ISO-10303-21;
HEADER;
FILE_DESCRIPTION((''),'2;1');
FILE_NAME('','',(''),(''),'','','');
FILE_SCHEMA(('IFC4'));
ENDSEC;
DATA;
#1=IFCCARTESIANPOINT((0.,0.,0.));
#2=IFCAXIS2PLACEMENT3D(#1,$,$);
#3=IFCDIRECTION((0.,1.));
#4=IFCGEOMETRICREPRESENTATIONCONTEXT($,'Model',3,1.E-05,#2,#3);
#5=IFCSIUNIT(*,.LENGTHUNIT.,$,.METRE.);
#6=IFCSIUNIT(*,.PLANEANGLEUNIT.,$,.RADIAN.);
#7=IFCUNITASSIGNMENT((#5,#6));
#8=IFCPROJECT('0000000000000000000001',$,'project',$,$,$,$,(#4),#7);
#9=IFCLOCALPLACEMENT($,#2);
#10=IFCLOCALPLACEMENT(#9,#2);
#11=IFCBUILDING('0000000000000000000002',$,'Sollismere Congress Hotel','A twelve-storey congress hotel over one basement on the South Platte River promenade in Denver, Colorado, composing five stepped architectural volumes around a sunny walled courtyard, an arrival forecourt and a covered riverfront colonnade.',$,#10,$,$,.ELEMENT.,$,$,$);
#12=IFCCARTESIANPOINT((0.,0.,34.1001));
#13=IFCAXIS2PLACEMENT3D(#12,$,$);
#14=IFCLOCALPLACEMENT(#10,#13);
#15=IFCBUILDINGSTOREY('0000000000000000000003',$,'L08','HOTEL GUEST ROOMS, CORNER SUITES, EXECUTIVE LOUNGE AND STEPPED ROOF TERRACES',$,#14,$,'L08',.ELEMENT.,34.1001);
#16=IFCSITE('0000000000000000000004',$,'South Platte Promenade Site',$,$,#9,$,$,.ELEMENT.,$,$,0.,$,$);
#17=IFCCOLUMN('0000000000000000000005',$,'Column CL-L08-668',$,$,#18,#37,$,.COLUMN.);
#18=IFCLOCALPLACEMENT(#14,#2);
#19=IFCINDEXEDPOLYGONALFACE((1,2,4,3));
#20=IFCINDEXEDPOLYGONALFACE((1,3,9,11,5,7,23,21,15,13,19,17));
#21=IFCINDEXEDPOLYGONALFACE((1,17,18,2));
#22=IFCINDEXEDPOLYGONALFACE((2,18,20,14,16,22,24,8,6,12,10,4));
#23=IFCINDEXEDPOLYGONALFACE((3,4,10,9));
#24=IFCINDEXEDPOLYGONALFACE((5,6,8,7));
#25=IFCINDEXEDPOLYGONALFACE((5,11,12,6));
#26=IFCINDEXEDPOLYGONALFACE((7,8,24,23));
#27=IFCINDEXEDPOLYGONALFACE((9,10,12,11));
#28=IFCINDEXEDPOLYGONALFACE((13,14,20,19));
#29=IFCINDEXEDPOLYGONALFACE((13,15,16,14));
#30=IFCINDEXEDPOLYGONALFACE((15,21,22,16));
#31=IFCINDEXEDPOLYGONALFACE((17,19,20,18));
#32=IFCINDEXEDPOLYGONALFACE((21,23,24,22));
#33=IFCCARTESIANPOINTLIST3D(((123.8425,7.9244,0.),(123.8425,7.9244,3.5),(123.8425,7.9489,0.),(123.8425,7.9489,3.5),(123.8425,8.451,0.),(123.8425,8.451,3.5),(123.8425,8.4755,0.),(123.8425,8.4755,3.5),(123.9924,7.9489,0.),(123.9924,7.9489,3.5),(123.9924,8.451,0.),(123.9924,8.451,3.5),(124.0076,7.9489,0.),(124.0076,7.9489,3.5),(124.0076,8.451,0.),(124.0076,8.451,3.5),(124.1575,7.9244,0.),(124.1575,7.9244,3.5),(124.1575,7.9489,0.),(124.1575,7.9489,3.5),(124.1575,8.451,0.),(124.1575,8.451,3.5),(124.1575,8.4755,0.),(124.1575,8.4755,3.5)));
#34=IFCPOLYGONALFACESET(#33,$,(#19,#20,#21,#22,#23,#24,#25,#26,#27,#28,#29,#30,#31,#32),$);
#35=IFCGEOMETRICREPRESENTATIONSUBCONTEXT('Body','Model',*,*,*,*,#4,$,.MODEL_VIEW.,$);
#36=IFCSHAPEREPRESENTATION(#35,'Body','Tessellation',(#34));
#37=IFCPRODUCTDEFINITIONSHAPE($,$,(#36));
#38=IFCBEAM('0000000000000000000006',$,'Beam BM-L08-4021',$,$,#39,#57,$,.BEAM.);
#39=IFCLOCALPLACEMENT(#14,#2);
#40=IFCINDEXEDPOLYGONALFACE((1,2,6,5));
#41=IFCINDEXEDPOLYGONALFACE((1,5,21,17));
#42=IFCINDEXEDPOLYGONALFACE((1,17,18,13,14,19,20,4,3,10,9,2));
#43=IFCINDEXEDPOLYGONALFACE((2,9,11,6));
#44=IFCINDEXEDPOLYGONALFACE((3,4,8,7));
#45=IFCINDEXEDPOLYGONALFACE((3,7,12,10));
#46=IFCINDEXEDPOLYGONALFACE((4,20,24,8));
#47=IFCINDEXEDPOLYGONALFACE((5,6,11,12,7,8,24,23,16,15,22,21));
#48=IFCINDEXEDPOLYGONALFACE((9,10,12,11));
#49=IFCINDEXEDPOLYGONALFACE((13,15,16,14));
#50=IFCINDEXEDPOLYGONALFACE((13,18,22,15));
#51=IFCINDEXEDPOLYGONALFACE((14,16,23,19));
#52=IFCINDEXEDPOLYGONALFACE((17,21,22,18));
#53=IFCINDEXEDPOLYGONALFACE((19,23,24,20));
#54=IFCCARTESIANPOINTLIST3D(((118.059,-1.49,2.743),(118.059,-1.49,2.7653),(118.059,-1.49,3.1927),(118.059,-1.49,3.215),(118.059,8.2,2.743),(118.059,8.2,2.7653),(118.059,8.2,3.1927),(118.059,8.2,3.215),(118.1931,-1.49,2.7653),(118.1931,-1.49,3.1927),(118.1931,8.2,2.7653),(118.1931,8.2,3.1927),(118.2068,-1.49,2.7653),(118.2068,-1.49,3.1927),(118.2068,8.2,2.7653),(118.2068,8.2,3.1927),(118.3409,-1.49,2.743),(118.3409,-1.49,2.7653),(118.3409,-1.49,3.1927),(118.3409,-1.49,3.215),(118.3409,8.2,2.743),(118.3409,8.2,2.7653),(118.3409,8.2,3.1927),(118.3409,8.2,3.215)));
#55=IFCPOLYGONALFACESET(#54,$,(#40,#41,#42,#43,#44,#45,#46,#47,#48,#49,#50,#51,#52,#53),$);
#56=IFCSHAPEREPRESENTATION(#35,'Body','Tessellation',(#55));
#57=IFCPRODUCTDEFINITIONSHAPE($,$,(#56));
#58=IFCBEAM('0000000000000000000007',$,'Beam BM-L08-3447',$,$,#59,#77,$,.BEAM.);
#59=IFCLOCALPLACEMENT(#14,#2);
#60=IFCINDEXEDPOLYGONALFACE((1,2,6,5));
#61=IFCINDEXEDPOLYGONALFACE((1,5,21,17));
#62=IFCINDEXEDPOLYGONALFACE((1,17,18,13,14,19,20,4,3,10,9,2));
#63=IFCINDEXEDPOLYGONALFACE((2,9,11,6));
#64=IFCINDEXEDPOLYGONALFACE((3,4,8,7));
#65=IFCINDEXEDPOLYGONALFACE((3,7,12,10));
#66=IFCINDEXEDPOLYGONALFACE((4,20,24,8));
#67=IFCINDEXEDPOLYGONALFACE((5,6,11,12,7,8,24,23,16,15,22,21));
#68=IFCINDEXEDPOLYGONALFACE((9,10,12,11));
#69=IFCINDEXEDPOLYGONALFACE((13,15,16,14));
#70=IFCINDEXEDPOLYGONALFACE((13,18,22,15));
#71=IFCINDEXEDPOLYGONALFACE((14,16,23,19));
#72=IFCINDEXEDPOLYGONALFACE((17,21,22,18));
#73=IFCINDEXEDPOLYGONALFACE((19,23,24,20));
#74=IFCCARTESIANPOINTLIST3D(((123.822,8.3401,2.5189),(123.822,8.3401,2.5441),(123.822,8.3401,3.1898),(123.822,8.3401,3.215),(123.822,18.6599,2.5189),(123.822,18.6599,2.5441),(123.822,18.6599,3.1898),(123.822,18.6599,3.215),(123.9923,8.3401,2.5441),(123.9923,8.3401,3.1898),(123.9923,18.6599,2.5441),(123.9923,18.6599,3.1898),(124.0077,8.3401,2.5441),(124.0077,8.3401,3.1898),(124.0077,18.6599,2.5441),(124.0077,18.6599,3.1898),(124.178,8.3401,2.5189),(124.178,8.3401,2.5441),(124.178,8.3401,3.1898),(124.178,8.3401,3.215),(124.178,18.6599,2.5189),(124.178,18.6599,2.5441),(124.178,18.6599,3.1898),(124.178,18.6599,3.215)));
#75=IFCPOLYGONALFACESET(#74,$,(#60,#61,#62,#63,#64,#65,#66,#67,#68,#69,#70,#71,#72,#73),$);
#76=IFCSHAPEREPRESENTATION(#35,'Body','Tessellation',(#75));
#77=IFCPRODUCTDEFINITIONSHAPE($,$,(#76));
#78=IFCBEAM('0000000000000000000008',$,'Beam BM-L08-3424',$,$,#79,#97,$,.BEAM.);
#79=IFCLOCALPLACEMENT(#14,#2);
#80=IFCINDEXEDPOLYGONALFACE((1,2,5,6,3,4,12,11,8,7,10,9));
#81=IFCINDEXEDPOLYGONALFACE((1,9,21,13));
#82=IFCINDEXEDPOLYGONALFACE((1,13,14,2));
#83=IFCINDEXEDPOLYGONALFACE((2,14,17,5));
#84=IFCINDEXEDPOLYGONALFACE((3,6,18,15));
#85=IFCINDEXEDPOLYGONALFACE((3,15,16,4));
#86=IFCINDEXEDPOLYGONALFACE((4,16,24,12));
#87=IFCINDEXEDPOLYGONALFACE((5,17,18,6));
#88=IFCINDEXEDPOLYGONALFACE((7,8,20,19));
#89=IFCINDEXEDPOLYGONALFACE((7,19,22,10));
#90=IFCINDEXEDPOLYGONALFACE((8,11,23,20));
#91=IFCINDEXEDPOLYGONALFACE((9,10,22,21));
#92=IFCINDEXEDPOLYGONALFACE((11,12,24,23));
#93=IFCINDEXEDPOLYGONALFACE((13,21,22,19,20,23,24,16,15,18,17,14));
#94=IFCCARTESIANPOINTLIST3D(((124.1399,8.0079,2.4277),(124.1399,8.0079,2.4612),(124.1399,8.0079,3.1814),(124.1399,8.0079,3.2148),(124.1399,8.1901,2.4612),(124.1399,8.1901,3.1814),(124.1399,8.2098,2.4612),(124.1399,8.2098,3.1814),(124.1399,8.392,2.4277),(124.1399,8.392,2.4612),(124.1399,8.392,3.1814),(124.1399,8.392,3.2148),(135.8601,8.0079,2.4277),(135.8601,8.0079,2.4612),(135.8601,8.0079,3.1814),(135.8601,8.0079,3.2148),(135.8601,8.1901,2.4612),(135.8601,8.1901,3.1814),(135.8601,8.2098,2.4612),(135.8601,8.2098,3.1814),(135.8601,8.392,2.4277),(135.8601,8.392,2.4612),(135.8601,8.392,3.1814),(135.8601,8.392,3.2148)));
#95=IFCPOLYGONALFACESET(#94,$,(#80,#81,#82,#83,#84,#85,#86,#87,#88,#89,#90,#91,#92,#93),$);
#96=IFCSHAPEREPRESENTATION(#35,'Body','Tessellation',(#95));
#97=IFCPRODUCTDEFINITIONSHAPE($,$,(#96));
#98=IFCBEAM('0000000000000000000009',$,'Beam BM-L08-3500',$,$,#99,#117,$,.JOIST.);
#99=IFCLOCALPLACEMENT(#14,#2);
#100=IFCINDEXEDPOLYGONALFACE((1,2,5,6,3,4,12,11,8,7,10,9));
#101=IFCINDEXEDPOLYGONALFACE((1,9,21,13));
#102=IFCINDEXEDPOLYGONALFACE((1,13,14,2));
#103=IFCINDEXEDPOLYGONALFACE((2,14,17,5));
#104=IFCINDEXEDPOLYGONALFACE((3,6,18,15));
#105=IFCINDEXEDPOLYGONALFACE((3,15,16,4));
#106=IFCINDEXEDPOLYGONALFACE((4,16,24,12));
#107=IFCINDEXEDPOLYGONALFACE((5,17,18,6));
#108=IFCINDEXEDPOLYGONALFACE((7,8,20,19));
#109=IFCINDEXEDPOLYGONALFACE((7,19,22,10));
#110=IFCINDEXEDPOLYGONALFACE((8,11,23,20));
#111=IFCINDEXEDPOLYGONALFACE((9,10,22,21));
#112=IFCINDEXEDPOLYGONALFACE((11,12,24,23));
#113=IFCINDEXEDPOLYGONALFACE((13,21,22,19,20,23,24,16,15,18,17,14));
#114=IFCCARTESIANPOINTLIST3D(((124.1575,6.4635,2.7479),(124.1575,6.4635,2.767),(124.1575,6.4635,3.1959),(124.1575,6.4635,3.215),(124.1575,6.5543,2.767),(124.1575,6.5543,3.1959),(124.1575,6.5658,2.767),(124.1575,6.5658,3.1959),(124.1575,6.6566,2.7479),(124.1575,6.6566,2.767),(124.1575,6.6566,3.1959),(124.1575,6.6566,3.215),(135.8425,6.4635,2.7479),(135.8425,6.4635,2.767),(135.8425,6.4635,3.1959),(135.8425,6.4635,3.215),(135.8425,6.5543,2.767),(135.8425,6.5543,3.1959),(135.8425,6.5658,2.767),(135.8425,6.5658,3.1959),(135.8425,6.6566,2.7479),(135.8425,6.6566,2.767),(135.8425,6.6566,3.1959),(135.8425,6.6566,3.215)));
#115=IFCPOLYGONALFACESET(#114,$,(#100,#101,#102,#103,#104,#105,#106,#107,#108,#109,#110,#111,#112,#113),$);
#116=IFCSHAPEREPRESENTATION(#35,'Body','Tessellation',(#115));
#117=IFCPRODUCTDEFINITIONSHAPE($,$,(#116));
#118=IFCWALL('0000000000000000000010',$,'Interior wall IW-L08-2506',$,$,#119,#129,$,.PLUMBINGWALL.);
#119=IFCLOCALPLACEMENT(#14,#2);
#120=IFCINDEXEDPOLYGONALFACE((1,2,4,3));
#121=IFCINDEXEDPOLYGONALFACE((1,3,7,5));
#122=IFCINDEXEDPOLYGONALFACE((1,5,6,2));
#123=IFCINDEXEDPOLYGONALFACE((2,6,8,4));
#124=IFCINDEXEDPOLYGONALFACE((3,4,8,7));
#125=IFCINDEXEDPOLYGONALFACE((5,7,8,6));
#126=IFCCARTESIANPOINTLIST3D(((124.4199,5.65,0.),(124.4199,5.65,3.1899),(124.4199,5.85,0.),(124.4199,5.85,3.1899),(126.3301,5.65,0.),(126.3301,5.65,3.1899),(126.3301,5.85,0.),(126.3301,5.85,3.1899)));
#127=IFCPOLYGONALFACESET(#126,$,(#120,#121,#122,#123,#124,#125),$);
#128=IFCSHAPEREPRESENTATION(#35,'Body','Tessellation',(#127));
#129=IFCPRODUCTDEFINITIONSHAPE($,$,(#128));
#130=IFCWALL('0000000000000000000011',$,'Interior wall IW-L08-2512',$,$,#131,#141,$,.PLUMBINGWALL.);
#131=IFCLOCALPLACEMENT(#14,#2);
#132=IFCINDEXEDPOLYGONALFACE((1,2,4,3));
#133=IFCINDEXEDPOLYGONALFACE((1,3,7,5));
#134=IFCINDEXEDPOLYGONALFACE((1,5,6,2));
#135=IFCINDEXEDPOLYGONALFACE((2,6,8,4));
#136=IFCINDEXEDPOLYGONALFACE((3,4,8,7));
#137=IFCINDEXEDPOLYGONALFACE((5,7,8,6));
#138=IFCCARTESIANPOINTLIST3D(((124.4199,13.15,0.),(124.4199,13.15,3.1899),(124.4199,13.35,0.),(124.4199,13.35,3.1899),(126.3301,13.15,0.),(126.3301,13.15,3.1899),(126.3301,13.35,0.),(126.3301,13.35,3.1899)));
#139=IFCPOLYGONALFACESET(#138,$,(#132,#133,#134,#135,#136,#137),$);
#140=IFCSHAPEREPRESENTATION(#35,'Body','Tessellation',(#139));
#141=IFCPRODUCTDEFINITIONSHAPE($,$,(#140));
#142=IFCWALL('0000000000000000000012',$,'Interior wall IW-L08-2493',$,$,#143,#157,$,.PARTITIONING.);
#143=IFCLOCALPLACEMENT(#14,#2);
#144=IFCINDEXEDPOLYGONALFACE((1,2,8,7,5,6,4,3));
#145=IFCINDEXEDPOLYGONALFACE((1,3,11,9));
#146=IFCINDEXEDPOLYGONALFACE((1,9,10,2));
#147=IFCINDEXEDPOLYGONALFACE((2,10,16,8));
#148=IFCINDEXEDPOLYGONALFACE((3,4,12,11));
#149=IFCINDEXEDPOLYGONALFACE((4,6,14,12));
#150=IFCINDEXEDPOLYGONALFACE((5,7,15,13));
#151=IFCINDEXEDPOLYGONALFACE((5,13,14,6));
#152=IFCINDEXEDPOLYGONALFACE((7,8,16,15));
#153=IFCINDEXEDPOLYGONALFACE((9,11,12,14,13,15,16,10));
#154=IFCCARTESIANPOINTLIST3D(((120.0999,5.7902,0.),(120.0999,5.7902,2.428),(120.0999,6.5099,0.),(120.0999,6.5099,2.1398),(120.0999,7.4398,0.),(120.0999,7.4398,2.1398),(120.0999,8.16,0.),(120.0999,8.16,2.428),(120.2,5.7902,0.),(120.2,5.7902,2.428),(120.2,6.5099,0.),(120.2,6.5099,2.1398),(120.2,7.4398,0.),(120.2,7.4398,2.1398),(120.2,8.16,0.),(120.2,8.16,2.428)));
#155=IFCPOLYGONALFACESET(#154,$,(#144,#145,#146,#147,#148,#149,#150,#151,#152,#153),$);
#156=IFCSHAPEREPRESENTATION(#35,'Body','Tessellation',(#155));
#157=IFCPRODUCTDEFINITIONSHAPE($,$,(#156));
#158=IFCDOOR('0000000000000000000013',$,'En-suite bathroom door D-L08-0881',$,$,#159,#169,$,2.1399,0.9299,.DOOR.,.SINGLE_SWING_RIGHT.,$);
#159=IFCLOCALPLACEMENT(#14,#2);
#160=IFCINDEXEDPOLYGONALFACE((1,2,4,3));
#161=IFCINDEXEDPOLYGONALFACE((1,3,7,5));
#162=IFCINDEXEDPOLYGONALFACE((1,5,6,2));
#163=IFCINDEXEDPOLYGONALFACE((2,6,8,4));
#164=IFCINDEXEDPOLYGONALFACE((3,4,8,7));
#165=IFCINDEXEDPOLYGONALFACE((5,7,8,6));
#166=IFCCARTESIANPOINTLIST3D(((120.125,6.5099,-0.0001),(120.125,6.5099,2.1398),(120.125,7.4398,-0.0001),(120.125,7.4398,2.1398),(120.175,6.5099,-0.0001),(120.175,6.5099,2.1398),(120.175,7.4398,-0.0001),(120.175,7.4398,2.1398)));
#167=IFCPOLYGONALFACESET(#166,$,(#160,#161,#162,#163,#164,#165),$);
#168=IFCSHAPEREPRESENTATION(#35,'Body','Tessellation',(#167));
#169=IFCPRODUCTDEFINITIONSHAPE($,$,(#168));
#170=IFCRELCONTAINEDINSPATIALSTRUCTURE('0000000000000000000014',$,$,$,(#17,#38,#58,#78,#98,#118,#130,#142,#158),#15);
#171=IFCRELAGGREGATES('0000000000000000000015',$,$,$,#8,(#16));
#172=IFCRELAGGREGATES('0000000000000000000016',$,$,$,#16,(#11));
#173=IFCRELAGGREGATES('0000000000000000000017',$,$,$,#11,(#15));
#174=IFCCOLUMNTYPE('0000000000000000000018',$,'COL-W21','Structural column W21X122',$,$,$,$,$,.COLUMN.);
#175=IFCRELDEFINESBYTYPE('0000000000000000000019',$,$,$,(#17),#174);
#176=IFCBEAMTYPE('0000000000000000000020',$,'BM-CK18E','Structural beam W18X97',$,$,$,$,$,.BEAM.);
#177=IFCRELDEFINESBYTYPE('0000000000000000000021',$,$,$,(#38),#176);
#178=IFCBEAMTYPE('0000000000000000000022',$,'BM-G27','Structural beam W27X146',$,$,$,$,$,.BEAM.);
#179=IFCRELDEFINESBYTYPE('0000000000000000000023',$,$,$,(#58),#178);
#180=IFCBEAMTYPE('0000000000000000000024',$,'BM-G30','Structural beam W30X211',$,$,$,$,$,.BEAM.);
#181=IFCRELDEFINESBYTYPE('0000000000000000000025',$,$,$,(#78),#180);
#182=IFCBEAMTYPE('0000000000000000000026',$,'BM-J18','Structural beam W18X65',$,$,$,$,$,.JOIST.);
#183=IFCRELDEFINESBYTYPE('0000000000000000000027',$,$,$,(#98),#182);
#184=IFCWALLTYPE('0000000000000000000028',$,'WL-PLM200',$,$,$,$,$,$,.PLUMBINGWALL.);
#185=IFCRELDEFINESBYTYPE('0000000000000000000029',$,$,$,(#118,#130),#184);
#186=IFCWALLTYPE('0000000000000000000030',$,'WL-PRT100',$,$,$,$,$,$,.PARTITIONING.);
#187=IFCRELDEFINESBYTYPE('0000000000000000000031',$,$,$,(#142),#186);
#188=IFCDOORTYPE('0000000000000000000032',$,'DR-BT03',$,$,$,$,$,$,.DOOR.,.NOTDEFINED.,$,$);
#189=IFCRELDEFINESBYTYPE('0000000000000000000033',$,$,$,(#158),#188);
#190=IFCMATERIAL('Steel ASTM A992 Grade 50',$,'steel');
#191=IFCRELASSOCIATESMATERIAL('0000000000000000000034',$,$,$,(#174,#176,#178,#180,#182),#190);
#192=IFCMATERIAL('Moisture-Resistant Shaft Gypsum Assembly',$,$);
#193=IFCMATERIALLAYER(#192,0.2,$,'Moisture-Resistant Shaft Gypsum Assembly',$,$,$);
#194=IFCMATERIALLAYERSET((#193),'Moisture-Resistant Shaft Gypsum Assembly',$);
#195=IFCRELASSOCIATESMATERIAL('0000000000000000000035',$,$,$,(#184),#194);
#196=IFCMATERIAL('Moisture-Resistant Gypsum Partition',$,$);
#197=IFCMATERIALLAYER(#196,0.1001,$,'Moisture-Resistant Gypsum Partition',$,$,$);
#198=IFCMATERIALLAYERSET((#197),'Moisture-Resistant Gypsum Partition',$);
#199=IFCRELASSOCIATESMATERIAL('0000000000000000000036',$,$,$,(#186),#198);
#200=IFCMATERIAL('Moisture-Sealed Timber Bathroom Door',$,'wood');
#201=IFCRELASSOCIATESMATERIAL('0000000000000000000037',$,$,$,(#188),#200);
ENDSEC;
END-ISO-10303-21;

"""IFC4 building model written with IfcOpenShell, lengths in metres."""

from ifc_helpers import new_model, si_unit, direction, frame, frame_2d, origin, origin_2d, place, context, subcontext, project, spatial, rectangle, i_section, extrude, material, layer, layer_set, material_profile, profile_set, type_object, element, fill, save


model = new_model("IFC4")

# Units and contexts
model_context = context("Model", 3, precision=1e-05, world=origin(), true_north=direction((0.0, 1.0)))
body_context = subcontext(model_context, "Body", "Model", "MODEL_VIEW")
ifc_project = project(units=[si_unit("LENGTHUNIT", "METRE"), si_unit("PLANEANGLEUNIT", "RADIAN")], contexts=[model_context])

# Site, building, storey
site_placement = place(None, origin())
site = spatial("IfcSite", under=ifc_project, at=site_placement, Name="South Platte Promenade Site", CompositionType="ELEMENT", RefElevation=0.0)
building_placement = place(site_placement, origin())
building = spatial("IfcBuilding", under=site, at=building_placement, Name="Sollismere Congress Hotel", Description="A twelve-storey congress hotel over one basement on the South Platte River promenade in Denver, Colorado, composing five stepped architectural volumes around a sunny walled courtyard, an arrival forecourt and a covered riverfront colonnade.", CompositionType="ELEMENT")
storey_placement = place(building_placement, frame((0.0, 0.0, 34.1001)))
storey = spatial("IfcBuildingStorey", under=building, at=storey_placement, Name="L08", Description="HOTEL GUEST ROOMS, CORNER SUITES, EXECUTIVE LOUNGE AND STEPPED ROOF TERRACES", LongName="L08", CompositionType="ELEMENT", Elevation=34.1001)

# Column
ifc_material_1 = material(Name="Steel ASTM A992 Grade 50", Category="steel")
ifc_material_profile_1 = material_profile(ifc_material_1, i_section(OverallWidth=0.3149, OverallDepth=0.551, WebThickness=0.0151, FlangeThickness=0.0244, at=origin_2d()), Name="W21X122")
ifc_profile_set_1 = profile_set([ifc_material_profile_1], Name="Steel ASTM A992 Grade 50")
column_type = type_object("IfcColumnType", Name="COL-W21", Description="Structural column W21X122", PredefinedType="COLUMN", material=ifc_profile_set_1)
column_placement = place(storey_placement, frame((124.0, 8.2, 0.0), z_axis=(0.0, 0.0, 1.0), x_axis=(1.0, 0.0, 0.0)))
element("IfcColumn", 1, at=column_placement, inside=storey, type_object=column_type, Name="Column CL-L08-668", PredefinedType="COLUMN", context=body_context, shape_type="SweptSolid", body=[
    extrude(i_section(OverallWidth=0.3149, OverallDepth=0.551, WebThickness=0.0151, FlangeThickness=0.0244, at=origin_2d()), origin(), (0.0, 0.0, 1.0), 3.5),
])

# Beams
ifc_material_profile_2 = material_profile(ifc_material_1, i_section(OverallWidth=0.282, OverallDepth=0.4719, WebThickness=0.0137, FlangeThickness=0.0222, at=origin_2d()), Name="W18X97")
ifc_profile_set_2 = profile_set([ifc_material_profile_2], Name="Steel ASTM A992 Grade 50")
beam_type_1 = type_object("IfcBeamType", Name="BM-CK18E", Description="Structural beam W18X97", PredefinedType="BEAM", material=ifc_profile_set_2)
beam_1_placement = place(storey_placement, frame((118.2, 8.2, 2.979), z_axis=(0.0, -1.0, 0.0), x_axis=(1.0, 0.0, 0.0)))
element("IfcBeam", 2, at=beam_1_placement, inside=storey, type_object=beam_type_1, Name="Beam BM-L08-4021", PredefinedType="BEAM", context=body_context, shape_type="SweptSolid", body=[
    extrude(i_section(OverallWidth=0.282, OverallDepth=0.4719, WebThickness=0.0137, FlangeThickness=0.0222, at=origin_2d()), origin(), (0.0, 0.0, 1.0), 9.6899),
])
ifc_material_profile_3 = material_profile(ifc_material_1, i_section(OverallWidth=0.356, OverallDepth=0.696, WebThickness=0.0154, FlangeThickness=0.0251, at=origin_2d()), Name="W27X146")
ifc_profile_set_3 = profile_set([ifc_material_profile_3], Name="Steel ASTM A992 Grade 50")
beam_type_2 = type_object("IfcBeamType", Name="BM-G27", Description="Structural beam W27X146", PredefinedType="BEAM", material=ifc_profile_set_3)
beam_2_placement = place(storey_placement, frame((124.0, 8.3401, 2.8669), z_axis=(0.0, 1.0, 0.0), x_axis=(-1.0, 0.0, 0.0)))
element("IfcBeam", 3, at=beam_2_placement, inside=storey, type_object=beam_type_2, Name="Beam BM-L08-3447", PredefinedType="BEAM", context=body_context, shape_type="SweptSolid", body=[
    extrude(i_section(OverallWidth=0.356, OverallDepth=0.696, WebThickness=0.0154, FlangeThickness=0.0251, at=origin_2d()), origin(), (0.0, 0.0, 1.0), 10.3198),
])
ifc_material_profile_4 = material_profile(ifc_material_1, i_section(OverallWidth=0.384, OverallDepth=0.7871, WebThickness=0.0198, FlangeThickness=0.0334, at=origin_2d()), Name="W30X211")
ifc_profile_set_4 = profile_set([ifc_material_profile_4], Name="Steel ASTM A992 Grade 50")
beam_type_3 = type_object("IfcBeamType", Name="BM-G30", Description="Structural beam W30X211", PredefinedType="BEAM", material=ifc_profile_set_4)
beam_3_placement = place(storey_placement, frame((124.1399, 8.2, 2.8213), z_axis=(1.0, 0.0, 0.0), x_axis=(0.0, 1.0, 0.0)))
element("IfcBeam", 4, at=beam_3_placement, inside=storey, type_object=beam_type_3, Name="Beam BM-L08-3424", PredefinedType="BEAM", context=body_context, shape_type="SweptSolid", body=[
    extrude(i_section(OverallWidth=0.384, OverallDepth=0.7871, WebThickness=0.0198, FlangeThickness=0.0334, at=origin_2d()), origin(), (0.0, 0.0, 1.0), 11.7202),
])
ifc_material_profile_5 = material_profile(ifc_material_1, i_section(OverallWidth=0.1931, OverallDepth=0.467, WebThickness=0.0115, FlangeThickness=0.019, at=origin_2d()), Name="W18X65")
ifc_profile_set_5 = profile_set([ifc_material_profile_5], Name="Steel ASTM A992 Grade 50")
beam_type_4 = type_object("IfcBeamType", Name="BM-J18", Description="Structural beam W18X65", PredefinedType="JOIST", material=ifc_profile_set_5)
beam_4_placement = place(storey_placement, frame((124.1575, 6.5601, 2.9814), z_axis=(1.0, 0.0, 0.0), x_axis=(0.0, 1.0, 0.0)))
element("IfcBeam", 5, at=beam_4_placement, inside=storey, type_object=beam_type_4, Name="Beam BM-L08-3500", PredefinedType="JOIST", context=body_context, shape_type="SweptSolid", body=[
    extrude(i_section(OverallWidth=0.1931, OverallDepth=0.467, WebThickness=0.0115, FlangeThickness=0.019, at=origin_2d()), origin(), (0.0, 0.0, 1.0), 11.6851),
])

# Walls
ifc_material_2 = material(Name="Moisture-Resistant Shaft Gypsum Assembly")
ifc_layer_1 = layer(ifc_material_2, 0.2, Name="Moisture-Resistant Shaft Gypsum Assembly")
ifc_layer_set_1 = layer_set([ifc_layer_1], Name="Moisture-Resistant Shaft Gypsum Assembly")
wall_type_1 = type_object("IfcWallType", Name="WL-PLM200", PredefinedType="PLUMBINGWALL", material=ifc_layer_set_1)
for number, where, z_axis, x_axis, name in (
    (6, (124.4199, 5.75, 0.0), (0.0, 0.0, 1.0), (1.0, 0.0, 0.0), "Interior wall IW-L08-2506"),
    (7, (124.4199, 13.25, 0.0), (0.0, 0.0, 1.0), (1.0, 0.0, 0.0), "Interior wall IW-L08-2512"),
):
    element("IfcWall", number, at=place(storey_placement, frame(where, z_axis=z_axis, x_axis=x_axis)), inside=storey, type_object=wall_type_1, Name=name, PredefinedType="PLUMBINGWALL", context=body_context, shape_type="SweptSolid", body=[
        extrude(rectangle(XDim=1.9102, YDim=0.2, at=frame_2d((0.9551, 0.0))), origin(), (0.0, 0.0, 1.0), 3.1899),
    ])

# Wall, opening, door
ifc_material_3 = material(Name="Moisture-Resistant Gypsum Partition")
ifc_layer_2 = layer(ifc_material_3, 0.1001, Name="Moisture-Resistant Gypsum Partition")
ifc_layer_set_2 = layer_set([ifc_layer_2], Name="Moisture-Resistant Gypsum Partition")
wall_type_2 = type_object("IfcWallType", Name="WL-PRT100", PredefinedType="PARTITIONING", material=ifc_layer_set_2)
wall_1_placement = place(storey_placement, frame((120.1499, 5.79, 0.0), z_axis=(0.0, 0.0, 1.0), x_axis=(0.0, 1.0, 0.0)))
wall_1 = element("IfcWall", 8, at=wall_1_placement, inside=storey, type_object=wall_type_2, Name="Interior wall IW-L08-2493", PredefinedType="PARTITIONING", context=body_context, shape_type="SweptSolid", body=[
    extrude(rectangle(XDim=2.3699, YDim=0.1001, at=frame_2d((1.1851, 0.0))), origin(), (0.0, 0.0, 1.0), 2.428),
])
opening_1_placement = place(wall_1_placement, frame((0.72, 0.0, 0.0)))
opening_1 = element("IfcOpeningElement", 9, at=opening_1_placement, cuts=wall_1, PredefinedType="OPENING", context=body_context, shape_type="SweptSolid", body=[
    extrude(rectangle(XDim=0.9299, YDim=2.1399, at=frame_2d((0.4648, 1.0698))), frame((0.0, 0.0601, 0.0), z_axis=(0.0, -1.0, 0.0), x_axis=(1.0, 0.0, 0.0)), (0.0, 0.0, 1.0), 0.1201),
])
ifc_material_4 = material(Name="Moisture-Sealed Timber Bathroom Door", Category="wood")
door_type_1 = type_object("IfcDoorType", Name="DR-BT03", OperationType="NOTDEFINED", PredefinedType="DOOR", material=ifc_material_4)
door_1_placement = place(opening_1_placement, origin())
door_1 = element("IfcDoor", 10, at=door_1_placement, inside=storey, type_object=door_type_1, Name="En-suite bathroom door D-L08-0881", OperationType="SINGLE_SWING_RIGHT", OverallHeight=2.1399, OverallWidth=0.9299, PredefinedType="DOOR", context=body_context, shape_type="SweptSolid", body=[
    extrude(rectangle(XDim=0.9299, YDim=2.1399, at=frame_2d((0.4648, 1.0698))), frame((0.0, 0.0249, 0.0), z_axis=(0.0, -1.0, 0.0), x_axis=(1.0, 0.0, 0.0)), (0.0, 0.0, 1.0), 0.05),
])
fill(opening_1, door_1)

save(model, "model.ifc")
